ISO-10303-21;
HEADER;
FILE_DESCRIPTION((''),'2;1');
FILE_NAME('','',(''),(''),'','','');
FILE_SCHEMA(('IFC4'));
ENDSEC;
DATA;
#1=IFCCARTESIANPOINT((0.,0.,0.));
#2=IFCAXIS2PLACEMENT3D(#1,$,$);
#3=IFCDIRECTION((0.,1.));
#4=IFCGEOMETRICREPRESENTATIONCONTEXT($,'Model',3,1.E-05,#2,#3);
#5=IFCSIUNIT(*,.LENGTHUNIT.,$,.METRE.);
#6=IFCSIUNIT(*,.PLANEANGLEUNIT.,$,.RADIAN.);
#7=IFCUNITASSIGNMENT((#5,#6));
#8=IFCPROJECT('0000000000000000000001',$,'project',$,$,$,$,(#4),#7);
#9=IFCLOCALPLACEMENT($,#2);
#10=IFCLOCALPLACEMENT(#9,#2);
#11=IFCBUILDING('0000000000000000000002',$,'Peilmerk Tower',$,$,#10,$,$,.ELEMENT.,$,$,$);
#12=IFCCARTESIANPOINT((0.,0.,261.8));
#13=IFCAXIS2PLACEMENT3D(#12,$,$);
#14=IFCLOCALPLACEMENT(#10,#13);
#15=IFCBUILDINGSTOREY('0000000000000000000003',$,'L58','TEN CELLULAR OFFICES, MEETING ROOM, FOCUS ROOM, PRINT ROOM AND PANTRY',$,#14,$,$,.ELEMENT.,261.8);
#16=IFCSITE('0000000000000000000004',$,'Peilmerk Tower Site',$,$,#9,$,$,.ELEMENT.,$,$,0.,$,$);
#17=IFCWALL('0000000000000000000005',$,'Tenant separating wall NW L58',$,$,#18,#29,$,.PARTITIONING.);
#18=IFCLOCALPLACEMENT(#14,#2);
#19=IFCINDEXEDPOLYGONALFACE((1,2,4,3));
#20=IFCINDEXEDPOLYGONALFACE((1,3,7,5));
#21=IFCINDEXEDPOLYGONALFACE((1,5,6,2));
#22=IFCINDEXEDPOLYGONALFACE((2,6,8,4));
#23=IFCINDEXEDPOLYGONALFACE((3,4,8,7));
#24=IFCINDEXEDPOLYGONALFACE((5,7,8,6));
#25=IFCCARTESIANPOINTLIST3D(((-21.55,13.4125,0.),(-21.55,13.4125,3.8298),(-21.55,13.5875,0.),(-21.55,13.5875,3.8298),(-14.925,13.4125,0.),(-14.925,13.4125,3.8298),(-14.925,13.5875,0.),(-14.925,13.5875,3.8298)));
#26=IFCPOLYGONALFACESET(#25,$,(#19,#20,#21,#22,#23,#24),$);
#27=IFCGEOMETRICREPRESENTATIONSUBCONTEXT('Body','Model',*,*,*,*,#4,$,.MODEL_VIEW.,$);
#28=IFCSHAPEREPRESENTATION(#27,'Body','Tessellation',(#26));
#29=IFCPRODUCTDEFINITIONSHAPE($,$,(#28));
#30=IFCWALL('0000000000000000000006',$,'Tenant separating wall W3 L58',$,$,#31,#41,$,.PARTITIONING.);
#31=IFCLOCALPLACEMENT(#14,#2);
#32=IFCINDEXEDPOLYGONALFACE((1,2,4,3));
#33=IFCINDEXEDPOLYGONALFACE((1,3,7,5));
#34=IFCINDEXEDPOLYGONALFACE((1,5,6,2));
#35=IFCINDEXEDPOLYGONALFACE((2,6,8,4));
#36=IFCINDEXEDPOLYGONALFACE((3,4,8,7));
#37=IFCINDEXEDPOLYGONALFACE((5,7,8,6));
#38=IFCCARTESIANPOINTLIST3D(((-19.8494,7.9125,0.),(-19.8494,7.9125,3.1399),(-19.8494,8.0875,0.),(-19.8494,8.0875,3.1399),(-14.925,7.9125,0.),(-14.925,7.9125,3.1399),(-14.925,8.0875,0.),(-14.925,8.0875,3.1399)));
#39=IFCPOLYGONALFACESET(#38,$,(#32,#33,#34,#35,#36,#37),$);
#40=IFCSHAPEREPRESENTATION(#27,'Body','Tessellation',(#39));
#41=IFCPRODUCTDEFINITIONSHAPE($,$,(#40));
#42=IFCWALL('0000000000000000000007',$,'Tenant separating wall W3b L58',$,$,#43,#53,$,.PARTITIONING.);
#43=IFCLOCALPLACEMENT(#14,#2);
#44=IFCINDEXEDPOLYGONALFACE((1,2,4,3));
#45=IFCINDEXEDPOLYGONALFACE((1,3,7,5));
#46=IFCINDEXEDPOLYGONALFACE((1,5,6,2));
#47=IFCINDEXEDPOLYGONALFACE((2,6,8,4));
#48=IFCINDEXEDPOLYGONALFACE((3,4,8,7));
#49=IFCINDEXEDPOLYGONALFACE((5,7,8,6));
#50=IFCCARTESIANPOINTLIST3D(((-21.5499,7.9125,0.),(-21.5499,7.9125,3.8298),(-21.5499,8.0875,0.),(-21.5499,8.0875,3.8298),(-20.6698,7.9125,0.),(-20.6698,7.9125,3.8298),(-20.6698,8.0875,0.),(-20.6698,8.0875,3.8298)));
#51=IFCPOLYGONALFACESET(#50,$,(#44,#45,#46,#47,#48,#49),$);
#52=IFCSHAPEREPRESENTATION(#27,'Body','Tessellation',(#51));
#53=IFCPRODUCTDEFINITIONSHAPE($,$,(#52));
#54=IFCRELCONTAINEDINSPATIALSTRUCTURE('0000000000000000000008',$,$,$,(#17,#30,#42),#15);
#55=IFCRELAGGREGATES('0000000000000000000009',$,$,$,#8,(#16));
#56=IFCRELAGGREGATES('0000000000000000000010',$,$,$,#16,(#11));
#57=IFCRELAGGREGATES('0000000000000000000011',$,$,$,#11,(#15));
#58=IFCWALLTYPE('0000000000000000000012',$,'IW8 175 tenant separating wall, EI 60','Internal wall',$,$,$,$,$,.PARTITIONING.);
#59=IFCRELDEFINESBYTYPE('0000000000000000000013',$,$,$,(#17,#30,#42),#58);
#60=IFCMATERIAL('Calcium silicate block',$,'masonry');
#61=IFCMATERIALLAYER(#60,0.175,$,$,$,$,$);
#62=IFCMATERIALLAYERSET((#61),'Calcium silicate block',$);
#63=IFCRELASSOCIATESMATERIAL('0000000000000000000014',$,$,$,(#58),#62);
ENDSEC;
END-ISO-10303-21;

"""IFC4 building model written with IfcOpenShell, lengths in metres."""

from ifc_helpers import new_model, si_unit, direction, frame, frame_2d, origin, place, context, subcontext, project, spatial, rectangle, extrude, material, layer, layer_set, type_object, element, save


model = new_model("IFC4")

# Units and contexts
model_context = context("Model", 3, precision=1e-05, world=origin(), true_north=direction((0.0, 1.0)))
body_context = subcontext(model_context, "Body", "Model", "MODEL_VIEW")
ifc_project = project(units=[si_unit("LENGTHUNIT", "METRE"), si_unit("PLANEANGLEUNIT", "RADIAN")], contexts=[model_context])

# Site, building, storey
site_placement = place(None, origin())
site = spatial("IfcSite", under=ifc_project, at=site_placement, Name="Peilmerk Tower Site", CompositionType="ELEMENT", RefElevation=0.0)
building_placement = place(site_placement, origin())
building = spatial("IfcBuilding", under=site, at=building_placement, Name="Peilmerk Tower", CompositionType="ELEMENT")
storey_placement = place(building_placement, frame((0.0, 0.0, 261.8)))
storey = spatial("IfcBuildingStorey", under=building, at=storey_placement, Name="L58", Description="TEN CELLULAR OFFICES, MEETING ROOM, FOCUS ROOM, PRINT ROOM AND PANTRY", CompositionType="ELEMENT", Elevation=261.8)

# Shared definitions
ifc_material_1 = material(Name="Calcium silicate block", Category="masonry")

# Walls
ifc_layer_1 = layer(ifc_material_1, 0.175)
ifc_layer_set_1 = layer_set([ifc_layer_1], Name="Calcium silicate block")
wall_type_1 = type_object("IfcWallType", Name="IW8 175 tenant separating wall, EI 60", Description="Internal wall", PredefinedType="PARTITIONING", material=ifc_layer_set_1)
wall_1_placement = place(storey_placement, frame((-21.55, 13.5, 0.0), z_axis=(0.0, 0.0, 1.0), x_axis=(1.0, 0.0, 0.0)))
element("IfcWall", 1, at=wall_1_placement, inside=storey, type_object=wall_type_1, Name="Tenant separating wall NW L58", PredefinedType="PARTITIONING", context=body_context, shape_type="SweptSolid", body=[
    extrude(rectangle(XDim=6.625, YDim=0.175, at=frame_2d((3.3125, 0.0))), origin(), (0.0, 0.0, 1.0), 3.8298),
])
wall_2_placement = place(storey_placement, frame((-14.925, 8.0, 0.0), z_axis=(0.0, 0.0, 1.0), x_axis=(-1.0, 0.0, 0.0)))
element("IfcWall", 2, at=wall_2_placement, inside=storey, type_object=wall_type_1, Name="Tenant separating wall W3 L58", PredefinedType="PARTITIONING", context=body_context, shape_type="SweptSolid", body=[
    extrude(rectangle(XDim=4.9243, YDim=0.175, at=frame_2d((2.4622, 0.0))), origin(), (0.0, 0.0, 1.0), 3.1399),
])
wall_3_placement = place(storey_placement, frame((-20.6699, 8.0, 0.0), z_axis=(0.0, 0.0, 1.0), x_axis=(-1.0, 0.0, 0.0)))
element("IfcWall", 3, at=wall_3_placement, inside=storey, type_object=wall_type_1, Name="Tenant separating wall W3b L58", PredefinedType="PARTITIONING", context=body_context, shape_type="SweptSolid", body=[
    extrude(rectangle(XDim=0.8801, YDim=0.175, at=frame_2d((0.4399, 0.0))), origin(), (0.0, 0.0, 1.0), 3.8298),
])

save(model, "model.ifc")
